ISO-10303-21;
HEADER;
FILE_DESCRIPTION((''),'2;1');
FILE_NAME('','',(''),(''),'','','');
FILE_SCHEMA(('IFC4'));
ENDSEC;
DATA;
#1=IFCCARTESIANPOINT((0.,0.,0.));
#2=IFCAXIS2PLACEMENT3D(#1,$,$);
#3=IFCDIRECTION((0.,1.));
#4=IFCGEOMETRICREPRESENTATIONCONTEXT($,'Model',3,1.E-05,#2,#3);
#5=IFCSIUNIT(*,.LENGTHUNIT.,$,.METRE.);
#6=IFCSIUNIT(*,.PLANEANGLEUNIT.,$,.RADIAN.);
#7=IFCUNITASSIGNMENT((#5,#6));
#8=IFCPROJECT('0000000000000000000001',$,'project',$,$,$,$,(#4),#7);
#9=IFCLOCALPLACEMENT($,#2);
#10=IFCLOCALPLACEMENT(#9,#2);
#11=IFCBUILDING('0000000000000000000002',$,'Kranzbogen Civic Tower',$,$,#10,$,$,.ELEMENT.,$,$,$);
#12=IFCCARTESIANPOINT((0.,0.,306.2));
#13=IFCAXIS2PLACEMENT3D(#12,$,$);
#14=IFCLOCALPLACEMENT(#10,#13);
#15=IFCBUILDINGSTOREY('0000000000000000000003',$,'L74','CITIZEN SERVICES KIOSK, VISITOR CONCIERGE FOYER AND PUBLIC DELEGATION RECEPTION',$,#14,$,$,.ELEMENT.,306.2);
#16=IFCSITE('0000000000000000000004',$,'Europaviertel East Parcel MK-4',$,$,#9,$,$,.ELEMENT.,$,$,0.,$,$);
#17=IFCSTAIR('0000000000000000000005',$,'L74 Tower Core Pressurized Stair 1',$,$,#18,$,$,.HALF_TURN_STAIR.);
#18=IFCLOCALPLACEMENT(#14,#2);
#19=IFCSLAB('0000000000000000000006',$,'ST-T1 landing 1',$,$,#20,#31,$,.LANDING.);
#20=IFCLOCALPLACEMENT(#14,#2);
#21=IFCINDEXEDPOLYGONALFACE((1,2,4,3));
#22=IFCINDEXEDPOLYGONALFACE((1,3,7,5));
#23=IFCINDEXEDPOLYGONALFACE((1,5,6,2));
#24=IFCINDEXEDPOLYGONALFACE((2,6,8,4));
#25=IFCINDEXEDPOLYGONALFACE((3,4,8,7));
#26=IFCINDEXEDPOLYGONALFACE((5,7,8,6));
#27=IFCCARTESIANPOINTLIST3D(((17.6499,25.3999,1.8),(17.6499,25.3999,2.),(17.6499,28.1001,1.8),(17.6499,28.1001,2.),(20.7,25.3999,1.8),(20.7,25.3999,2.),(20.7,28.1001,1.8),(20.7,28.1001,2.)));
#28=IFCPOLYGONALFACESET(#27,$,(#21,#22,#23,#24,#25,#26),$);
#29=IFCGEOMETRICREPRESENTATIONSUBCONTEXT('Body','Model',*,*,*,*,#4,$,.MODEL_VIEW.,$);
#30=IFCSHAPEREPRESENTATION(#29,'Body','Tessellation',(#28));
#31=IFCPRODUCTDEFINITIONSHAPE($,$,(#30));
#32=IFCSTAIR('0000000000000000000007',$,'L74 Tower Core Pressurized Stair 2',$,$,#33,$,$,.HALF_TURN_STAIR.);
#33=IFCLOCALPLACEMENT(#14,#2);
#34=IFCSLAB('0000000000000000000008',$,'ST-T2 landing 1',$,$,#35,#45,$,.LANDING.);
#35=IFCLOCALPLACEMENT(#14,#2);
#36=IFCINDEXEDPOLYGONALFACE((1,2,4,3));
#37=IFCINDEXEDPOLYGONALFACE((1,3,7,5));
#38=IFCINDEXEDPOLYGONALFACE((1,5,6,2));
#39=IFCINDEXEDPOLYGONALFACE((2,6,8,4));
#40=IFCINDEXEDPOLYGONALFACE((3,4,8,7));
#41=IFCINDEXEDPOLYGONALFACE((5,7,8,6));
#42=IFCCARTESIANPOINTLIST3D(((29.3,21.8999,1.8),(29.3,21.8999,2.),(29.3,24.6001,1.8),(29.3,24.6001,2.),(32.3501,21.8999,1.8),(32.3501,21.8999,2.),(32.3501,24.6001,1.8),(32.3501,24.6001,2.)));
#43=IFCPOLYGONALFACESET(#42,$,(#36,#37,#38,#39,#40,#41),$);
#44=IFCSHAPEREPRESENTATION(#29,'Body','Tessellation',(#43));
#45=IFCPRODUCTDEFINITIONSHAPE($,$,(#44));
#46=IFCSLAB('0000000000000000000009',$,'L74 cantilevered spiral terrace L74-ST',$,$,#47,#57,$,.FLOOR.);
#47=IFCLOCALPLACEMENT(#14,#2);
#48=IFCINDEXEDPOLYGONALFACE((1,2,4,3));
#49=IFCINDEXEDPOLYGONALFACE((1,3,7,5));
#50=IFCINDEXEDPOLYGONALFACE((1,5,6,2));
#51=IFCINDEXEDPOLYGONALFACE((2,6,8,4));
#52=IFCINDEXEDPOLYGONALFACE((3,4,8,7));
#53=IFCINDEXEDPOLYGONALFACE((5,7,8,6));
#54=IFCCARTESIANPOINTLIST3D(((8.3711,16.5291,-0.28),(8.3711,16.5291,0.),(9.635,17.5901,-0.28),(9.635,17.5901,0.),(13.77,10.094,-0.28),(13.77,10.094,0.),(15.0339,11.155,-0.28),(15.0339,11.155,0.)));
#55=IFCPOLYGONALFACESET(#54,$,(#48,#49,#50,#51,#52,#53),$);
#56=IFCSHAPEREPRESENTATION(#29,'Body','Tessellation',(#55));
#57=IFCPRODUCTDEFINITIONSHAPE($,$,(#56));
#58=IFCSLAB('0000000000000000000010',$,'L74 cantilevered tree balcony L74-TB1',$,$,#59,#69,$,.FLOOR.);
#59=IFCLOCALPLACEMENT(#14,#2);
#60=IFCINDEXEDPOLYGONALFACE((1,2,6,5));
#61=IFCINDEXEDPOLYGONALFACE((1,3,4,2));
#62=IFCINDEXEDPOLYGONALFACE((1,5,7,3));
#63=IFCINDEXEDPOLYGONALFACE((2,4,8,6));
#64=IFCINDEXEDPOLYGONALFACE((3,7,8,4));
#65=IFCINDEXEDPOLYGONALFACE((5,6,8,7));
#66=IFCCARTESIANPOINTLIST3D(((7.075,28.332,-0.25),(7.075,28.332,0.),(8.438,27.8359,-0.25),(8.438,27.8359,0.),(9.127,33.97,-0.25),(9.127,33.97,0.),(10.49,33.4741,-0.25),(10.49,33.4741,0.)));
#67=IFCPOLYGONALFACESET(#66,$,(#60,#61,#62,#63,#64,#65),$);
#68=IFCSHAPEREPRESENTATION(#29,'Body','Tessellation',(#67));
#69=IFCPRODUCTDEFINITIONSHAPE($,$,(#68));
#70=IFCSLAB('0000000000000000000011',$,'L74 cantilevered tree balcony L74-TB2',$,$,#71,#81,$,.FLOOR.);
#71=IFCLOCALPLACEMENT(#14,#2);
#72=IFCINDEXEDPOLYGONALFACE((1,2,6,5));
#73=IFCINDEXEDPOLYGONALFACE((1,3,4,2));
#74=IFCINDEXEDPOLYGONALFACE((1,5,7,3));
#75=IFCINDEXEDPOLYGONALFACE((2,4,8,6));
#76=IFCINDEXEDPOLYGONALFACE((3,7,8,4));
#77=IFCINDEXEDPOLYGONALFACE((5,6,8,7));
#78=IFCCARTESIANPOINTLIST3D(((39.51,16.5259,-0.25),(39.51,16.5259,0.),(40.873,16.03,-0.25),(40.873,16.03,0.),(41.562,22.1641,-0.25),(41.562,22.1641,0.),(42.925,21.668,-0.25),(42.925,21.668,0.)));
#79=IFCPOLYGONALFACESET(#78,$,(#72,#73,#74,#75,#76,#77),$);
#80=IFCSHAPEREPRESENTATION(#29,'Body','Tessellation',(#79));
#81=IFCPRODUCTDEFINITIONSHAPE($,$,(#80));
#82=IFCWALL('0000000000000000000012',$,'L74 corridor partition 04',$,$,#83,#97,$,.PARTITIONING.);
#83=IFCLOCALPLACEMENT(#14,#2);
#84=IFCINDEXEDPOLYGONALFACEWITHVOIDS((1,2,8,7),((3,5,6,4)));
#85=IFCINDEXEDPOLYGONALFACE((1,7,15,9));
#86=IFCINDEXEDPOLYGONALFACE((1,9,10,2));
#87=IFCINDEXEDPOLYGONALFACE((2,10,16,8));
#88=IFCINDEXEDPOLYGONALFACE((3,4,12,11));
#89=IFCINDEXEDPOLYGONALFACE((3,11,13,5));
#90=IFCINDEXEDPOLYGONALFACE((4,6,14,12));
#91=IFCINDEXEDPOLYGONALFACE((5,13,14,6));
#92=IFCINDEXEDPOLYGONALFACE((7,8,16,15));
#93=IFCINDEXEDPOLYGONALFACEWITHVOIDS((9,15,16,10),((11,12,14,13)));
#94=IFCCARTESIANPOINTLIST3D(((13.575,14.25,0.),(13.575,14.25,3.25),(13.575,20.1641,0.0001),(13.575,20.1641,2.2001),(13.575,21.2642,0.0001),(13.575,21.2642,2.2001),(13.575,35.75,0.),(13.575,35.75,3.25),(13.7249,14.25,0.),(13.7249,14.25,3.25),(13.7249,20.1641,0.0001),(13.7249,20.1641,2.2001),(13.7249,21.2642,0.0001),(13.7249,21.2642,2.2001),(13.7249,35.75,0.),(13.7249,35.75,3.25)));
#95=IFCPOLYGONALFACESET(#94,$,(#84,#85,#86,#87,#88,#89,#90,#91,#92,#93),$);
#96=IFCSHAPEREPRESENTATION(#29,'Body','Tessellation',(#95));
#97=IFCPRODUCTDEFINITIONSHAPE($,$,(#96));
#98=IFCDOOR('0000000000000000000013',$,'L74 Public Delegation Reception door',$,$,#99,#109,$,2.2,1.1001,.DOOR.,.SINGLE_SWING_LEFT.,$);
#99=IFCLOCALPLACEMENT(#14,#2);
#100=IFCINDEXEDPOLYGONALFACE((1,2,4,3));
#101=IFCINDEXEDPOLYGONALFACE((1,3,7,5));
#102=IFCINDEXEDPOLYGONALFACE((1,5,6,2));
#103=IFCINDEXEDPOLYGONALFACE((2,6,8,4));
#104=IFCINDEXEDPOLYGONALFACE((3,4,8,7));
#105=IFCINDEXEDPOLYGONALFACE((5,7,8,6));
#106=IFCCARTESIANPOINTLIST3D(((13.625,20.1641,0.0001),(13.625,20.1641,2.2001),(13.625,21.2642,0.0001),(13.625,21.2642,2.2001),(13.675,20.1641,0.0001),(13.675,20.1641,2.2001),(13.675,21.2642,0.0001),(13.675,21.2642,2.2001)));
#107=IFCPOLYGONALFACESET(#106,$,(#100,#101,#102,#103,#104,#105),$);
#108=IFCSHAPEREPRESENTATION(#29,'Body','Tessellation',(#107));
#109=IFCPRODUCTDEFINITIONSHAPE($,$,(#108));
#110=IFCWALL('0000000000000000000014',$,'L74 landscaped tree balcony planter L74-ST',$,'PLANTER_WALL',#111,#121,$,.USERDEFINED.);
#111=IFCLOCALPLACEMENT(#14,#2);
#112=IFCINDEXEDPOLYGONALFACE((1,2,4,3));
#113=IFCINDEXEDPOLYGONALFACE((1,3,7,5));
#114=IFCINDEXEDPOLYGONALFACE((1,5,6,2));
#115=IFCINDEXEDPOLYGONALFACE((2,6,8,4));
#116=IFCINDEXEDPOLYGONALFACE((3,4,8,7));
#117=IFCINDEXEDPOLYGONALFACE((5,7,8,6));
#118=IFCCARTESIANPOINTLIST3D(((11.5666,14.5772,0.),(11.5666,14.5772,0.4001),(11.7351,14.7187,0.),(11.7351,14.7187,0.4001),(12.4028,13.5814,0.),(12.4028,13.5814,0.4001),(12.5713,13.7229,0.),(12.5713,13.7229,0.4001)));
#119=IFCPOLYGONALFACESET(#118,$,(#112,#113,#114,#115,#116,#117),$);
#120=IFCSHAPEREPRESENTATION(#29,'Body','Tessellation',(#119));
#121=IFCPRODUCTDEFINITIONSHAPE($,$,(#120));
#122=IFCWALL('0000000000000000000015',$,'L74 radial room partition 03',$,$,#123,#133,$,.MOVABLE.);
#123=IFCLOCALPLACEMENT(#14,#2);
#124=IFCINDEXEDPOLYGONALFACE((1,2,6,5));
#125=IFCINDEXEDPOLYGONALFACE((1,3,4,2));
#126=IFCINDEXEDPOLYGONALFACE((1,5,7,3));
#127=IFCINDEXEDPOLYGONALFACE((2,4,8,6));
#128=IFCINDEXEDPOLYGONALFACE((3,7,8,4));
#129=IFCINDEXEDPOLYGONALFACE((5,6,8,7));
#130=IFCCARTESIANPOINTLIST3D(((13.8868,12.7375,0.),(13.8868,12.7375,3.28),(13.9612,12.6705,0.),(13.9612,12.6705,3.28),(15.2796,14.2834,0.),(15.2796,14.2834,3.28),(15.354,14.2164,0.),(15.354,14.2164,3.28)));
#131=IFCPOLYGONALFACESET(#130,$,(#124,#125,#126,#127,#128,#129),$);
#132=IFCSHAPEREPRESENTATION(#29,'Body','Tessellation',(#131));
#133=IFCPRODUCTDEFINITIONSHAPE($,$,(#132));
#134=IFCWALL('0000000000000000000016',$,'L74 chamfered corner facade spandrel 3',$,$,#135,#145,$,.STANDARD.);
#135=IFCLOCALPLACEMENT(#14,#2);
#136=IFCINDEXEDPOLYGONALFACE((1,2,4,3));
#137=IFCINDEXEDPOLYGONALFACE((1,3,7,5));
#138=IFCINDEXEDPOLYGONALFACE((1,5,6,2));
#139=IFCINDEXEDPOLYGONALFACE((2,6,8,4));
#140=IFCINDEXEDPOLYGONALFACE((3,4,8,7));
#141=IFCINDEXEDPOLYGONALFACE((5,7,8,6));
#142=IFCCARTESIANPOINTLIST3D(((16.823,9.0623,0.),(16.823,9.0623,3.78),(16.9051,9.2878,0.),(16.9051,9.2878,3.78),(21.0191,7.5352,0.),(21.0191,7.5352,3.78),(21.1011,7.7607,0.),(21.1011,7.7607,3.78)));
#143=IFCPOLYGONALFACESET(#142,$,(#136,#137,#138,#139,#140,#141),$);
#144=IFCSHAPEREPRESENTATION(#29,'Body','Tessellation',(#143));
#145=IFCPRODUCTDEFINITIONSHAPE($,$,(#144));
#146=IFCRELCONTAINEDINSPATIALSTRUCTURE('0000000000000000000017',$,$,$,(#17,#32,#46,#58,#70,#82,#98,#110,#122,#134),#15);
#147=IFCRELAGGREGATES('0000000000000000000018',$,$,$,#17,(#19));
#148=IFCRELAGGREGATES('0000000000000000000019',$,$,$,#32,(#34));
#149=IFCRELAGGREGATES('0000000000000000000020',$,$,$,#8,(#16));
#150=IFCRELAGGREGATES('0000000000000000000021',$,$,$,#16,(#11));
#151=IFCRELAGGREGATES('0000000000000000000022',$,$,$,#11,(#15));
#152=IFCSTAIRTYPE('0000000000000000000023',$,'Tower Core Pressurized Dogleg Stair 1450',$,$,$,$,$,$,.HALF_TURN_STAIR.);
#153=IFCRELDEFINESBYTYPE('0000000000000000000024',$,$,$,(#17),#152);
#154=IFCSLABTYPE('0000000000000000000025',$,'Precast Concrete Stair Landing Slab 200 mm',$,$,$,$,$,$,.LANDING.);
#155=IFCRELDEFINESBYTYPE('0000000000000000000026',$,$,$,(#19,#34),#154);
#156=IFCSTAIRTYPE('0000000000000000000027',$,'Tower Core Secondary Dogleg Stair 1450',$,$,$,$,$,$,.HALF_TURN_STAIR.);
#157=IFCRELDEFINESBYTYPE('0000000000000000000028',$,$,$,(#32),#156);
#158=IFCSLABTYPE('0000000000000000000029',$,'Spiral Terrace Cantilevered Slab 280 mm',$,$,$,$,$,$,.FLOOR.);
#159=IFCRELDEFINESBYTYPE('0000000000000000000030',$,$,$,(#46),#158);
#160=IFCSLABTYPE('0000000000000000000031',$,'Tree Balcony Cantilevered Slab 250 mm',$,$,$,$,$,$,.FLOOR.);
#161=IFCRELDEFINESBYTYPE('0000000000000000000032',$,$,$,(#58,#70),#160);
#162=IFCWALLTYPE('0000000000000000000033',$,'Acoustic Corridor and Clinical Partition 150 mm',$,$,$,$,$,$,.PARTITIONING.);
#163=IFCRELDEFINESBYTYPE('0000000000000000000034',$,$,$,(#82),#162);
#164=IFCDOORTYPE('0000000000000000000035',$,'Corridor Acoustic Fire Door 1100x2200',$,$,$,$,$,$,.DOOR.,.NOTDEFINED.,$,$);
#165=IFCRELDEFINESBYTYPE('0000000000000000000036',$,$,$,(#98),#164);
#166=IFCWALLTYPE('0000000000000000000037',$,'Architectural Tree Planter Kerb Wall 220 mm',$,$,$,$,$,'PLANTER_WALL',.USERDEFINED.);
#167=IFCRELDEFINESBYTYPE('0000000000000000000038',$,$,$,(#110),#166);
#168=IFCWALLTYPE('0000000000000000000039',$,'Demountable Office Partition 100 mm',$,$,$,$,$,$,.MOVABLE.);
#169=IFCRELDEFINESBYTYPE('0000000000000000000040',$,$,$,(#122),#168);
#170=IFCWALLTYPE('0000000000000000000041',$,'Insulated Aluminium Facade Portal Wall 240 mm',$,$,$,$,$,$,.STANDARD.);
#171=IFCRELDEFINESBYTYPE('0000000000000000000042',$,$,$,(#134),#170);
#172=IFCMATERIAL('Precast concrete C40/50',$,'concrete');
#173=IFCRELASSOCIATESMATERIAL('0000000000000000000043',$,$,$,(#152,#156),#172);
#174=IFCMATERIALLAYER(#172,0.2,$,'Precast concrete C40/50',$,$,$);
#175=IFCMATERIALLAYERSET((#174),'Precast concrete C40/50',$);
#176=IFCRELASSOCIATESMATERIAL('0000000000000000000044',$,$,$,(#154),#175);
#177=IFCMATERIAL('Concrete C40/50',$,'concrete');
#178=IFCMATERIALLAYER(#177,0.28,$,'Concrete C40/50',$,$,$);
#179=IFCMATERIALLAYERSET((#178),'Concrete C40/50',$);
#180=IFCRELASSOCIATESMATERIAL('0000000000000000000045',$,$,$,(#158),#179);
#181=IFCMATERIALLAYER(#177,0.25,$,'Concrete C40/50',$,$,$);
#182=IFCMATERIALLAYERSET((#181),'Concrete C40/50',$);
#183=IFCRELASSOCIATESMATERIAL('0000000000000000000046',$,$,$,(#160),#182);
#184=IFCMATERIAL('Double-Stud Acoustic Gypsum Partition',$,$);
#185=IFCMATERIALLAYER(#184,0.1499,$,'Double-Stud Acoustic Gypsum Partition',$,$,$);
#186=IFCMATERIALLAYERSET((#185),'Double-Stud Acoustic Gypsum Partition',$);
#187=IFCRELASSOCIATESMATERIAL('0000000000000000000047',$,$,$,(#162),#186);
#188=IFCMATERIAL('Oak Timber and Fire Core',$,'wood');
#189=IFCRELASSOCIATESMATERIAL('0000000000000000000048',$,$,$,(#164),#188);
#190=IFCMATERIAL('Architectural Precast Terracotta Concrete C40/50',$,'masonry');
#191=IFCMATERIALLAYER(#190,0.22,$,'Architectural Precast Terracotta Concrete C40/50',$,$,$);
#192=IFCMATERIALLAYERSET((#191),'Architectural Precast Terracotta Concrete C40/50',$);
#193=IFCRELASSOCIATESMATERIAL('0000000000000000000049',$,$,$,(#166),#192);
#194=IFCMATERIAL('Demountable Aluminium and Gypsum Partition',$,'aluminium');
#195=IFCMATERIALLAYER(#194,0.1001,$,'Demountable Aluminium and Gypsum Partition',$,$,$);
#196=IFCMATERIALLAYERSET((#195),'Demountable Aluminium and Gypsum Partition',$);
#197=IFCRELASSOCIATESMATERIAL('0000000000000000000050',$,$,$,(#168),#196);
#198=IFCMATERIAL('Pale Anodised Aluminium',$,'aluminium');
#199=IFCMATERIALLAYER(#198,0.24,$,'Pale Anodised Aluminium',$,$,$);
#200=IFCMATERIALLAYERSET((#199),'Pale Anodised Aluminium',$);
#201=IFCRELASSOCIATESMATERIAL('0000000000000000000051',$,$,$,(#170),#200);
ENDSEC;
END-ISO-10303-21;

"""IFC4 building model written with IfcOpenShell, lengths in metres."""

from ifc_helpers import new_model, si_unit, direction, frame, frame_2d, origin, place, context, subcontext, project, spatial, polyline, rectangle, outline, extrude, material, layer, layer_set, type_object, element, fill, aggregate, save


model = new_model("IFC4")

# Units and contexts
model_context = context("Model", 3, precision=1e-05, world=origin(), true_north=direction((0.0, 1.0)))
body_context = subcontext(model_context, "Body", "Model", "MODEL_VIEW")
ifc_project = project(units=[si_unit("LENGTHUNIT", "METRE"), si_unit("PLANEANGLEUNIT", "RADIAN")], contexts=[model_context])

# Site, building, storey
site_placement = place(None, origin())
site = spatial("IfcSite", under=ifc_project, at=site_placement, Name="Europaviertel East Parcel MK-4", CompositionType="ELEMENT", RefElevation=0.0)
building_placement = place(site_placement, origin())
building = spatial("IfcBuilding", under=site, at=building_placement, Name="Kranzbogen Civic Tower", CompositionType="ELEMENT")
storey_placement = place(building_placement, frame((0.0, 0.0, 306.2)))
storey = spatial("IfcBuildingStorey", under=building, at=storey_placement, Name="L74", Description="CITIZEN SERVICES KIOSK, VISITOR CONCIERGE FOYER AND PUBLIC DELEGATION RECEPTION", CompositionType="ELEMENT", Elevation=306.2)

# Shared definitions
ifc_material_1 = material(Name="Pale Anodised Aluminium", Category="aluminium")

# Shared definitions
ifc_material_2 = material(Name="Concrete C40/50", Category="concrete")

# Stairs, slabs
ifc_material_3 = material(Name="Precast concrete C40/50", Category="concrete")
stair_type_1 = type_object("IfcStairType", Name="Tower Core Pressurized Dogleg Stair 1450", PredefinedType="HALF_TURN_STAIR", material=ifc_material_3)
stair_1_placement = place(storey_placement, origin())
stair_1 = element("IfcStair", 1, at=stair_1_placement, inside=storey, type_object=stair_type_1, Name="L74 Tower Core Pressurized Stair 1", PredefinedType="HALF_TURN_STAIR")
ifc_layer_1 = layer(ifc_material_3, 0.2, Name="Precast concrete C40/50")
ifc_layer_set_1 = layer_set([ifc_layer_1], Name="Precast concrete C40/50")
slab_type_1 = type_object("IfcSlabType", Name="Precast Concrete Stair Landing Slab 200 mm", PredefinedType="LANDING", material=ifc_layer_set_1)
slab_1_placement = place(storey_placement, frame((0.0, 0.0, 1.8)))
slab_1 = element("IfcSlab", 2, at=slab_1_placement, type_object=slab_type_1, Name="ST-T1 landing 1", PredefinedType="LANDING", context=body_context, shape_type="SweptSolid", body=[
    extrude(outline(polyline([(20.7, 25.3999), (20.7, 28.1001), (17.6499, 28.1001), (17.6499, 25.3999), (20.7, 25.3999)])), origin(), (0.0, 0.0, 1.0), 0.2),
])
aggregate(stair_1, [slab_1])
stair_type_2 = type_object("IfcStairType", Name="Tower Core Secondary Dogleg Stair 1450", PredefinedType="HALF_TURN_STAIR", material=ifc_material_3)
stair_2_placement = place(storey_placement, origin())
stair_2 = element("IfcStair", 3, at=stair_2_placement, inside=storey, type_object=stair_type_2, Name="L74 Tower Core Pressurized Stair 2", PredefinedType="HALF_TURN_STAIR")
slab_2_placement = place(storey_placement, frame((0.0, 0.0, 1.8)))
slab_2 = element("IfcSlab", 4, at=slab_2_placement, type_object=slab_type_1, Name="ST-T2 landing 1", PredefinedType="LANDING", context=body_context, shape_type="SweptSolid", body=[
    extrude(outline(polyline([(29.3, 24.6001), (29.3, 21.8999), (32.3501, 21.8999), (32.3501, 24.6001), (29.3, 24.6001)])), origin(), (0.0, 0.0, 1.0), 0.2),
])
aggregate(stair_2, [slab_2])

# Slabs
ifc_layer_2 = layer(ifc_material_2, 0.28, Name="Concrete C40/50")
ifc_layer_set_2 = layer_set([ifc_layer_2], Name="Concrete C40/50")
slab_type_2 = type_object("IfcSlabType", Name="Spiral Terrace Cantilevered Slab 280 mm", PredefinedType="FLOOR", material=ifc_layer_set_2)
slab_3_placement = place(storey_placement, frame((0.0, 0.0, -0.28)))
element("IfcSlab", 5, at=slab_3_placement, inside=storey, type_object=slab_type_2, Name="L74 cantilevered spiral terrace L74-ST", PredefinedType="FLOOR", context=body_context, shape_type="SweptSolid", body=[
    extrude(outline(polyline([(9.635, 17.5901), (15.0339, 11.155), (13.77, 10.094), (8.3711, 16.5291), (9.635, 17.5901)])), origin(), (0.0, 0.0, 1.0), 0.28),
])
ifc_layer_3 = layer(ifc_material_2, 0.25, Name="Concrete C40/50")
ifc_layer_set_3 = layer_set([ifc_layer_3], Name="Concrete C40/50")
slab_type_3 = type_object("IfcSlabType", Name="Tree Balcony Cantilevered Slab 250 mm", PredefinedType="FLOOR", material=ifc_layer_set_3)
slab_4_placement = place(storey_placement, frame((0.0, 0.0, -0.25)))
element("IfcSlab", 6, at=slab_4_placement, inside=storey, type_object=slab_type_3, Name="L74 cantilevered tree balcony L74-TB1", PredefinedType="FLOOR", context=body_context, shape_type="SweptSolid", body=[
    extrude(outline(polyline([(10.49, 33.4741), (8.438, 27.8359), (7.075, 28.332), (9.127, 33.97), (10.49, 33.4741)])), origin(), (0.0, 0.0, 1.0), 0.25),
])
slab_5_placement = place(storey_placement, frame((0.0, 0.0, -0.25)))
element("IfcSlab", 7, at=slab_5_placement, inside=storey, type_object=slab_type_3, Name="L74 cantilevered tree balcony L74-TB2", PredefinedType="FLOOR", context=body_context, shape_type="SweptSolid", body=[
    extrude(outline(polyline([(39.51, 16.5259), (41.562, 22.1641), (42.925, 21.668), (40.873, 16.03), (39.51, 16.5259)])), origin(), (0.0, 0.0, 1.0), 0.25),
])

# Wall, opening, door
ifc_material_4 = material(Name="Double-Stud Acoustic Gypsum Partition")
ifc_layer_4 = layer(ifc_material_4, 0.1499, Name="Double-Stud Acoustic Gypsum Partition")
ifc_layer_set_4 = layer_set([ifc_layer_4], Name="Double-Stud Acoustic Gypsum Partition")
wall_type_1 = type_object("IfcWallType", Name="Acoustic Corridor and Clinical Partition 150 mm", PredefinedType="PARTITIONING", material=ifc_layer_set_4)
wall_1_placement = place(storey_placement, frame((13.6499, 14.25, 0.0), z_axis=(0.0, 0.0, 1.0), x_axis=(0.0, 1.0, 0.0)))
wall_1 = element("IfcWall", 8, at=wall_1_placement, inside=storey, type_object=wall_type_1, Name="L74 corridor partition 04", PredefinedType="PARTITIONING", context=body_context, shape_type="SweptSolid", body=[
    extrude(rectangle(XDim=21.5, YDim=0.1499, at=frame_2d((10.75, 0.0))), origin(), (0.0, 0.0, 1.0), 3.25),
])
opening_placement = place(wall_1_placement, frame((5.9141, 0.0, 0.0)))
opening = element("IfcOpeningElement", 9, at=opening_placement, cuts=wall_1, PredefinedType="OPENING", context=body_context, shape_type="SweptSolid", body=[
    extrude(rectangle(XDim=1.1001, YDim=2.2, at=frame_2d((0.55, 1.1001))), frame((0.0, 0.085, 0.0), z_axis=(0.0, -1.0, 0.0), x_axis=(1.0, 0.0, 0.0)), (0.0, 0.0, 1.0), 0.1699),
])
ifc_material_5 = material(Name="Oak Timber and Fire Core", Category="wood")
door_type = type_object("IfcDoorType", Name="Corridor Acoustic Fire Door 1100x2200", OperationType="NOTDEFINED", PredefinedType="DOOR", material=ifc_material_5)
door_placement = place(opening_placement, origin())
door = element("IfcDoor", 10, at=door_placement, inside=storey, type_object=door_type, Name="L74 Public Delegation Reception door", OperationType="SINGLE_SWING_LEFT", OverallHeight=2.2, OverallWidth=1.1001, PredefinedType="DOOR", context=body_context, shape_type="SweptSolid", body=[
    extrude(rectangle(XDim=1.1001, YDim=2.2, at=frame_2d((0.55, 1.1001))), frame((0.0, 0.0249, 0.0), z_axis=(0.0, -1.0, 0.0), x_axis=(1.0, 0.0, 0.0)), (0.0, 0.0, 1.0), 0.05),
])
fill(opening, door)

# Walls
ifc_material_6 = material(Name="Architectural Precast Terracotta Concrete C40/50", Category="masonry")
ifc_layer_5 = layer(ifc_material_6, 0.22, Name="Architectural Precast Terracotta Concrete C40/50")
ifc_layer_set_5 = layer_set([ifc_layer_5], Name="Architectural Precast Terracotta Concrete C40/50")
wall_type_2 = type_object("IfcWallType", Name="Architectural Tree Planter Kerb Wall 220 mm", ElementType="PLANTER_WALL", PredefinedType="USERDEFINED", material=ifc_layer_set_5)
wall_2_placement = place(storey_placement, frame((11.6509, 14.6479, 0.0), z_axis=(0.0, 0.0, 1.0), x_axis=(0.643042, -0.765831, 0.0)))
element("IfcWall", 11, at=wall_2_placement, inside=storey, type_object=wall_type_2, Name="L74 landscaped tree balcony planter L74-ST", ObjectType="PLANTER_WALL", PredefinedType="USERDEFINED", context=body_context, shape_type="SweptSolid", body=[
    extrude(rectangle(XDim=1.3003, YDim=0.22, at=frame_2d((0.6501, 0.0))), origin(), (0.0, 0.0, 1.0), 0.4001),
])
ifc_material_7 = material(Name="Demountable Aluminium and Gypsum Partition", Category="aluminium")
ifc_layer_6 = layer(ifc_material_7, 0.1001, Name="Demountable Aluminium and Gypsum Partition")
ifc_layer_set_6 = layer_set([ifc_layer_6], Name="Demountable Aluminium and Gypsum Partition")
wall_type_3 = type_object("IfcWallType", Name="Demountable Office Partition 100 mm", PredefinedType="MOVABLE", material=ifc_layer_set_6)
wall_3_placement = place(storey_placement, frame((15.3169, 14.25, 0.0), z_axis=(0.0, 0.0, 1.0), x_axis=(-0.669367, -0.742932, 0.0)))
element("IfcWall", 12, at=wall_3_placement, inside=storey, type_object=wall_type_3, Name="L74 radial room partition 03", PredefinedType="MOVABLE", context=body_context, shape_type="SweptSolid", body=[
    extrude(rectangle(XDim=2.0808, YDim=0.1001, at=frame_2d((1.0405, 0.0))), origin(), (0.0, 0.0, 1.0), 3.28),
])
ifc_layer_7 = layer(ifc_material_1, 0.24, Name="Pale Anodised Aluminium")
ifc_layer_set_7 = layer_set([ifc_layer_7], Name="Pale Anodised Aluminium")
wall_type_4 = type_object("IfcWallType", Name="Insulated Aluminium Facade Portal Wall 240 mm", PredefinedType="STANDARD", material=ifc_layer_set_7)
wall_4_placement = place(storey_placement, frame((16.864, 9.175, 0.0), z_axis=(0.0, 0.0, 1.0), x_axis=(0.939702, -0.341993, 0.0)))
element("IfcWall", 13, at=wall_4_placement, inside=storey, type_object=wall_type_4, Name="L74 chamfered corner facade spandrel 3", PredefinedType="STANDARD", context=body_context, shape_type="SweptSolid", body=[
    extrude(rectangle(XDim=4.4653, YDim=0.24, at=frame_2d((2.2327, 0.0))), origin(), (0.0, 0.0, 1.0), 3.78),
])

save(model, "model.ifc")
